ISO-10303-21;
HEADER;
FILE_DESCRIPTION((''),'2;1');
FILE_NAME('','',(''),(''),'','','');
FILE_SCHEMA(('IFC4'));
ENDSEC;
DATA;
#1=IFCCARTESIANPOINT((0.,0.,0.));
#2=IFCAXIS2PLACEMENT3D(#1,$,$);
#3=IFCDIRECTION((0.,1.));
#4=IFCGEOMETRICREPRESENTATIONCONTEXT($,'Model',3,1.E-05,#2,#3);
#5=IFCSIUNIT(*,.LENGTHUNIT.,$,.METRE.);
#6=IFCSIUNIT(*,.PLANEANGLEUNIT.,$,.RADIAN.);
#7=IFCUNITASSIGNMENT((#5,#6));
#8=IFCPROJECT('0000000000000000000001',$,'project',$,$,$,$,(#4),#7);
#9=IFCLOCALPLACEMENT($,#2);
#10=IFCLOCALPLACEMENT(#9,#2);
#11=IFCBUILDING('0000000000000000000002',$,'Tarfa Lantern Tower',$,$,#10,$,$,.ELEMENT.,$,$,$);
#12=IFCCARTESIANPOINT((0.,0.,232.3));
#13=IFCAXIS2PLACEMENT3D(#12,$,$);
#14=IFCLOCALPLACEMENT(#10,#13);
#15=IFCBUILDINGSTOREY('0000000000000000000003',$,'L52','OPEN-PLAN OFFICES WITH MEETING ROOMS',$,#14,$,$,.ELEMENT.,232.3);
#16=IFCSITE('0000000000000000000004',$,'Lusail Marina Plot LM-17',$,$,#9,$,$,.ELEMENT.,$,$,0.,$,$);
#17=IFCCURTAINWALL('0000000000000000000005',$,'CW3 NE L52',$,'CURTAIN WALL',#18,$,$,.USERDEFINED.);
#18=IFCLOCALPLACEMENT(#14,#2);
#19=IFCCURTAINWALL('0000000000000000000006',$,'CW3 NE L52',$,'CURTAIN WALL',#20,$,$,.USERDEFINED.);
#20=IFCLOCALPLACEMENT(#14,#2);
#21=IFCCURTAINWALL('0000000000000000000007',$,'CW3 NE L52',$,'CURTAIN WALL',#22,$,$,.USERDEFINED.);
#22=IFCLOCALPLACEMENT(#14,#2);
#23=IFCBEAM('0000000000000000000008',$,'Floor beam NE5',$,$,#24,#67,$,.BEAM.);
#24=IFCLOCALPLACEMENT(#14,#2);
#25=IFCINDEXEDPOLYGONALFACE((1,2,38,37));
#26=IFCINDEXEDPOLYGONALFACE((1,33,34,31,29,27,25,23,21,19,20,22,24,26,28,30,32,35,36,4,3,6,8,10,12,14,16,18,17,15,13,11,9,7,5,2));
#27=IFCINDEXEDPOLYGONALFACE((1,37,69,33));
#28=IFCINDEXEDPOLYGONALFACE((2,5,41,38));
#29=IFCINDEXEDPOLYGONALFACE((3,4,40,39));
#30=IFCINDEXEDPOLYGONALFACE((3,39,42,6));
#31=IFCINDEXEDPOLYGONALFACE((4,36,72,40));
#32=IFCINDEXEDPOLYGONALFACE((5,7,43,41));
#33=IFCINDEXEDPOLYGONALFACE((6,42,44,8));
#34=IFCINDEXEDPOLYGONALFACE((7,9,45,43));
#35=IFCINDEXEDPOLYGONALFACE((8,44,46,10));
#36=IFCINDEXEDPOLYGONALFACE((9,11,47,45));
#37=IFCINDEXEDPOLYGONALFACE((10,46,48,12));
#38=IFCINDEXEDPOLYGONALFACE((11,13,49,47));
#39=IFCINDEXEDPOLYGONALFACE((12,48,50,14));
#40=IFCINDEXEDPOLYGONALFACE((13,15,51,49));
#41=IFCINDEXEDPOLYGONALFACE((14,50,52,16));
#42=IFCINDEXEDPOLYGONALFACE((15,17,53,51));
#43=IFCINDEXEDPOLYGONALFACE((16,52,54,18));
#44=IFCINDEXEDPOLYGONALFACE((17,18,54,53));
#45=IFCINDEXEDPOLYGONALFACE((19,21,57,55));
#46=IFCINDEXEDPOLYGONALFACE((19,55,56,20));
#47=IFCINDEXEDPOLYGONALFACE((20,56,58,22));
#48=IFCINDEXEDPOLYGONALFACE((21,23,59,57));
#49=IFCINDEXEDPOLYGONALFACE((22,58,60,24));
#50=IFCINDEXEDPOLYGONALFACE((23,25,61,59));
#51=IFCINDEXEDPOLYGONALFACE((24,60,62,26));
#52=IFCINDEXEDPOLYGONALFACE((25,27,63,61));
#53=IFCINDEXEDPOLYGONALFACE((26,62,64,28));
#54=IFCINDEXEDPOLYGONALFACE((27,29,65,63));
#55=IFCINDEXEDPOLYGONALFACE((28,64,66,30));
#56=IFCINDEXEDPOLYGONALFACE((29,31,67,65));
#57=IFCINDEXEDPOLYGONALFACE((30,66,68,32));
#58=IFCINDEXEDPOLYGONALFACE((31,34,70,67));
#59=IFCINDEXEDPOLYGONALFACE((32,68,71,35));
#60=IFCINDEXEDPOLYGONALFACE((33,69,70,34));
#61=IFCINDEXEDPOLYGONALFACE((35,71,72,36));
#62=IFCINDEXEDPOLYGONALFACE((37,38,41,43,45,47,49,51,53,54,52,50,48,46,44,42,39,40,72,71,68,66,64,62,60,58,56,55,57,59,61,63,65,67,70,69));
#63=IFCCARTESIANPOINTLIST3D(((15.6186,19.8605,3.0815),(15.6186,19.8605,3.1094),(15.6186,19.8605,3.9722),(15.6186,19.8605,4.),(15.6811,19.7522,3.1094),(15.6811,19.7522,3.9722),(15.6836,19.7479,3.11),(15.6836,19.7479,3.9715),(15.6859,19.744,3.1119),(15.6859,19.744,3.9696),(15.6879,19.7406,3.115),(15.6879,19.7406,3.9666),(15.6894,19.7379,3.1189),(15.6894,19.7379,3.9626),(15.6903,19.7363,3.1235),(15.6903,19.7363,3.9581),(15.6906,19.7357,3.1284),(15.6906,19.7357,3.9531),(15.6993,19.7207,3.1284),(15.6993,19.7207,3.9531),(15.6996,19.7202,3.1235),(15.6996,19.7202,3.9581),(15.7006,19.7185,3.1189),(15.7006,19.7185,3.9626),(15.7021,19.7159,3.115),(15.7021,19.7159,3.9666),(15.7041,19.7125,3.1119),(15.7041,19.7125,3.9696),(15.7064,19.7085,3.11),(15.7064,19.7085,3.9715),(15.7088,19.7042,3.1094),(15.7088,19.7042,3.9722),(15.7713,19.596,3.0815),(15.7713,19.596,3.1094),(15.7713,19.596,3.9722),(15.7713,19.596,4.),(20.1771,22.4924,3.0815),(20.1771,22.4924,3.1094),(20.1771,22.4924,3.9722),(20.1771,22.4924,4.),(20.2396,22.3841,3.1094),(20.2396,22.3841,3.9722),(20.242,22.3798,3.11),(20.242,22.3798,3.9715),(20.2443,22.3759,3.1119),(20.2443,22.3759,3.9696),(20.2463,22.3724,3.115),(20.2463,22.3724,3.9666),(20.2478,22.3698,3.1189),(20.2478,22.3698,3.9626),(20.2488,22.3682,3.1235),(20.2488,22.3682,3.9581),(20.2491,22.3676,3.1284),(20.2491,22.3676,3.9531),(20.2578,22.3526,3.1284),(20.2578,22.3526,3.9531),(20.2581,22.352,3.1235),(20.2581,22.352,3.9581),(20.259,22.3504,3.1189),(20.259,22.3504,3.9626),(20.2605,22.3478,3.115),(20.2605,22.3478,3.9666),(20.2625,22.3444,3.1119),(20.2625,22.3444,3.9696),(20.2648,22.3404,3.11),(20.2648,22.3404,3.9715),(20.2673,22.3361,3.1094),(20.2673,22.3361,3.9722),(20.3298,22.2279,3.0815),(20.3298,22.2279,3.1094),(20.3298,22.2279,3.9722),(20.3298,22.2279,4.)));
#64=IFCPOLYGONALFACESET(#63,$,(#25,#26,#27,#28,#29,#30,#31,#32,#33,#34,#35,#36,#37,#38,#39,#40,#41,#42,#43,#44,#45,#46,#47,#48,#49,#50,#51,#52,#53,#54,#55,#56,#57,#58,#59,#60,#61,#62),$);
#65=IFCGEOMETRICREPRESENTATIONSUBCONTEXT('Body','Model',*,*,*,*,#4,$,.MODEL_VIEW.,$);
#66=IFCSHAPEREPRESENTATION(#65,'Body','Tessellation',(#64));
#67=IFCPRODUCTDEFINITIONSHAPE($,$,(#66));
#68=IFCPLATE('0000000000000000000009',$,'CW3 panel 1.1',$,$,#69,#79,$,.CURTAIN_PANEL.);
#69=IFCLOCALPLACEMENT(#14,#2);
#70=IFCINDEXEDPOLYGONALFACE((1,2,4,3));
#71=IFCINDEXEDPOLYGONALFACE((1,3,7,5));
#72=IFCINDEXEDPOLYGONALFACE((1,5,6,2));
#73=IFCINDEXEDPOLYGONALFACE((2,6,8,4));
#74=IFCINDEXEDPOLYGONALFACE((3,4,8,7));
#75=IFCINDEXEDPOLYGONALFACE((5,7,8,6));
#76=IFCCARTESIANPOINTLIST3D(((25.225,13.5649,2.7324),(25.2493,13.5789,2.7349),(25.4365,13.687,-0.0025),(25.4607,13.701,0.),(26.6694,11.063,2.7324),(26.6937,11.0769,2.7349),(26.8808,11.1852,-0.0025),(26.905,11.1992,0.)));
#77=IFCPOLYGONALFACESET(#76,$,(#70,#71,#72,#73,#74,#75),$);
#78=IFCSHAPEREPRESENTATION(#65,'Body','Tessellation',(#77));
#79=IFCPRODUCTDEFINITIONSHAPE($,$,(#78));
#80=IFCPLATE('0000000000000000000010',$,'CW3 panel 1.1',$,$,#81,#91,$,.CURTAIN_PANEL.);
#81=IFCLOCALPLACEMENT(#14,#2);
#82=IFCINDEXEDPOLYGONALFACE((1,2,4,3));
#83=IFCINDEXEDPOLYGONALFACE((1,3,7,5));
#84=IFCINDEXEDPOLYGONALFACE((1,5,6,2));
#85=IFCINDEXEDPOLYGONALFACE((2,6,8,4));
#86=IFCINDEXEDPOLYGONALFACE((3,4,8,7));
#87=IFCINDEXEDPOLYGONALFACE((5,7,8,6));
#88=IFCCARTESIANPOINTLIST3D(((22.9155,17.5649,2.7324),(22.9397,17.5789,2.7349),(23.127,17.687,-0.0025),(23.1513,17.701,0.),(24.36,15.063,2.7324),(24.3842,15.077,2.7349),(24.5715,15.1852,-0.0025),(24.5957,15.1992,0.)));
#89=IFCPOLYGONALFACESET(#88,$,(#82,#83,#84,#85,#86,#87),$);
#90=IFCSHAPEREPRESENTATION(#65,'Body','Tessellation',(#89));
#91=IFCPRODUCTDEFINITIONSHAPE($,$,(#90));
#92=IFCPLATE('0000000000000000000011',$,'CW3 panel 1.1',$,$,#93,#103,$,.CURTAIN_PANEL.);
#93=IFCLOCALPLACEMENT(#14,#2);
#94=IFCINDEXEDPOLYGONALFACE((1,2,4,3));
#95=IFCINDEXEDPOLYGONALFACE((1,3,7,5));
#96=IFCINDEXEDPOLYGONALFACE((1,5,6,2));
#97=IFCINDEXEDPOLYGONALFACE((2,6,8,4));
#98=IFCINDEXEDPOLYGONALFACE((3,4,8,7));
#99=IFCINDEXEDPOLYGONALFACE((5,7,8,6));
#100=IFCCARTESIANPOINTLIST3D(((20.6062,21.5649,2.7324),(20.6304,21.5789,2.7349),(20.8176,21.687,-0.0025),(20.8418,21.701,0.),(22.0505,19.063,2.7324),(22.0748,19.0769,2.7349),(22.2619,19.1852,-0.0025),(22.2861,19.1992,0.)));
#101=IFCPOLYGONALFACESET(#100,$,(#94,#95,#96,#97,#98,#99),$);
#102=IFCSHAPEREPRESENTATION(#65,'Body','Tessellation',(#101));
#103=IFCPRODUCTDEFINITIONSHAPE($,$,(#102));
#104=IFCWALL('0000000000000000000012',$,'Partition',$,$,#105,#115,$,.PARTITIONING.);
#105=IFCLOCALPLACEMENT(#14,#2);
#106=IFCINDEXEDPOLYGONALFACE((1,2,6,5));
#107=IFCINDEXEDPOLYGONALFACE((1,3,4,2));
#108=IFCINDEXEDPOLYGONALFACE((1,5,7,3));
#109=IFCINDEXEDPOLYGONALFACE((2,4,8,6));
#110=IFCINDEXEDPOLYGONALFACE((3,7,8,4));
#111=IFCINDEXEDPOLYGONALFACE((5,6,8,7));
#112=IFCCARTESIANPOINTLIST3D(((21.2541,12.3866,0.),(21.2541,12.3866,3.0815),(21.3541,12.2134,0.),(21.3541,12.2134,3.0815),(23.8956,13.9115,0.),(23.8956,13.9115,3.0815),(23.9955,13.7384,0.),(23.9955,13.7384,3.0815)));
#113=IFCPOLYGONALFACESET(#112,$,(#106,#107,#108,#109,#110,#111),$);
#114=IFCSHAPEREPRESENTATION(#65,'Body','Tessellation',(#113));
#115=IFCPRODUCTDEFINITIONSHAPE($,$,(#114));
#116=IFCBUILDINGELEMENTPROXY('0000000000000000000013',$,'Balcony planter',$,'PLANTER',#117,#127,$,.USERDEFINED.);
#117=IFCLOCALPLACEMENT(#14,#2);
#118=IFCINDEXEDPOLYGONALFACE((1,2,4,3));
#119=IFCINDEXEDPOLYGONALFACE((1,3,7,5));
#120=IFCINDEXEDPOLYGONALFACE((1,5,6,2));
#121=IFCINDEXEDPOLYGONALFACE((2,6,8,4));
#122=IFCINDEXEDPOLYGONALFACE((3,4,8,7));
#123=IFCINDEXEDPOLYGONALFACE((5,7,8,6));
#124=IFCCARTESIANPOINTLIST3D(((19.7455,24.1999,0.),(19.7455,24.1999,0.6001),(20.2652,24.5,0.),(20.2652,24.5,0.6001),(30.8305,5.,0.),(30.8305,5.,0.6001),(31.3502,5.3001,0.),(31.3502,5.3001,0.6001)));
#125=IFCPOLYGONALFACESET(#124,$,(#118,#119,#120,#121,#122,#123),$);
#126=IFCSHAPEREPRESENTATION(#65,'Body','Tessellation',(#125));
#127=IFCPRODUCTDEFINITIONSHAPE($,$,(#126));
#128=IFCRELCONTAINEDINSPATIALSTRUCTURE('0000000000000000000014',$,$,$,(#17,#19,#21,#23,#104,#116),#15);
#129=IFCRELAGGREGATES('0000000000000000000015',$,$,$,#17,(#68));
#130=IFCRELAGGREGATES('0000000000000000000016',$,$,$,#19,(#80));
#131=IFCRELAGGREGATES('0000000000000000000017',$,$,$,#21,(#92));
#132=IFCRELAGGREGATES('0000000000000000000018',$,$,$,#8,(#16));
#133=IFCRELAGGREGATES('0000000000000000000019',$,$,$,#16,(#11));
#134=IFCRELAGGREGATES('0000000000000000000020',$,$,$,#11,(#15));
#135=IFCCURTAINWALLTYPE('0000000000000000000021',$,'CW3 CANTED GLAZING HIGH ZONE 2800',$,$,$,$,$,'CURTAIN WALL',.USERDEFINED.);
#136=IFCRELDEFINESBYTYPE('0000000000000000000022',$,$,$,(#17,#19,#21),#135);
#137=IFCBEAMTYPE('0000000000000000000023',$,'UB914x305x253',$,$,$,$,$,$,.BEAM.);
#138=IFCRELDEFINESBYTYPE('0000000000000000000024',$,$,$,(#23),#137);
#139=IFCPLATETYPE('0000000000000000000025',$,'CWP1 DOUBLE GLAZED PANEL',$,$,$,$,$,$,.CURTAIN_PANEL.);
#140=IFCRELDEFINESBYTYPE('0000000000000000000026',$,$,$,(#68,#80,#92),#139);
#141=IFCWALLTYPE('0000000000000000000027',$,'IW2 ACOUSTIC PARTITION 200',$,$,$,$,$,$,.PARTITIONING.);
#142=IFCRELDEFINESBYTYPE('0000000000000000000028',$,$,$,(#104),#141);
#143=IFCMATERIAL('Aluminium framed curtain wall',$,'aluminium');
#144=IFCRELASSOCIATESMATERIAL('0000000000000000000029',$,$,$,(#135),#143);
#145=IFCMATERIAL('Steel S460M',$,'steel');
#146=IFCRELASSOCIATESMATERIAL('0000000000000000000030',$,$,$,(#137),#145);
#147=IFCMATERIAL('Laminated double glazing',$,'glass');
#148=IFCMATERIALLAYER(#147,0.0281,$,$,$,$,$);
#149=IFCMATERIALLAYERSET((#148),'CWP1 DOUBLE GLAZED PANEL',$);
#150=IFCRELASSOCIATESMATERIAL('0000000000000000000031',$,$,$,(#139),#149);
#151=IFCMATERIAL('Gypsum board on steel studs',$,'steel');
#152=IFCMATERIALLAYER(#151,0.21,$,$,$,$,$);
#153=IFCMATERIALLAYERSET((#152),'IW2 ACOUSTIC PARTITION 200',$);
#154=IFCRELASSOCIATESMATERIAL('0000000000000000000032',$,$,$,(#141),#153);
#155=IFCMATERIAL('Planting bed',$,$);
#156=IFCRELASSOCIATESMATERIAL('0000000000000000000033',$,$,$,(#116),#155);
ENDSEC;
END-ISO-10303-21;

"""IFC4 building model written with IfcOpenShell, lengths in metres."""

from ifc_helpers import new_model, si_unit, direction, frame, frame_2d, origin, origin_2d, place, context, subcontext, project, spatial, polyline, rectangle, i_section, outline, extrude, material, layer, layer_set, material_profile, profile_set, type_object, element, aggregate, save


model = new_model("IFC4")

# Units and contexts
model_context = context("Model", 3, precision=1e-05, world=origin(), true_north=direction((0.0, 1.0)))
body_context = subcontext(model_context, "Body", "Model", "MODEL_VIEW")
ifc_project = project(units=[si_unit("LENGTHUNIT", "METRE"), si_unit("PLANEANGLEUNIT", "RADIAN")], contexts=[model_context])

# Site, building, storey
site_placement = place(None, origin())
site = spatial("IfcSite", under=ifc_project, at=site_placement, Name="Lusail Marina Plot LM-17", CompositionType="ELEMENT", RefElevation=0.0)
building_placement = place(site_placement, origin())
building = spatial("IfcBuilding", under=site, at=building_placement, Name="Tarfa Lantern Tower", CompositionType="ELEMENT")
storey_placement = place(building_placement, frame((0.0, 0.0, 232.3)))
storey = spatial("IfcBuildingStorey", under=building, at=storey_placement, Name="L52", Description="OPEN-PLAN OFFICES WITH MEETING ROOMS", CompositionType="ELEMENT", Elevation=232.3)

# Curtain walls
ifc_material_1 = material(Name="Aluminium framed curtain wall", Category="aluminium")
curtain_wall_type = type_object("IfcCurtainWallType", Name="CW3 CANTED GLAZING HIGH ZONE 2800", ElementType="CURTAIN WALL", PredefinedType="USERDEFINED", material=ifc_material_1)
curtain_wall_1_placement = place(storey_placement, origin())
curtain_wall_1 = element("IfcCurtainWall", 1, at=curtain_wall_1_placement, inside=storey, type_object=curtain_wall_type, Name="CW3 NE L52", ObjectType="CURTAIN WALL", PredefinedType="USERDEFINED")
curtain_wall_2_placement = place(storey_placement, origin())
curtain_wall_2 = element("IfcCurtainWall", 2, at=curtain_wall_2_placement, inside=storey, type_object=curtain_wall_type, Name="CW3 NE L52", ObjectType="CURTAIN WALL", PredefinedType="USERDEFINED")
curtain_wall_3_placement = place(storey_placement, origin())
curtain_wall_3 = element("IfcCurtainWall", 3, at=curtain_wall_3_placement, inside=storey, type_object=curtain_wall_type, Name="CW3 NE L52", ObjectType="CURTAIN WALL", PredefinedType="USERDEFINED")

# Beam
ifc_material_2 = material(Name="Steel S460M", Category="steel")
ifc_material_profile_1 = material_profile(ifc_material_2, i_section(OverallWidth=0.3054, OverallDepth=0.9185, WebThickness=0.0173, FlangeThickness=0.0278, FilletRadius=0.019, at=origin_2d()), Name="UB914x305x253")
ifc_profile_set_1 = profile_set([ifc_material_profile_1], Name="Steel S460M")
beam_type_1 = type_object("IfcBeamType", Name="UB914x305x253", PredefinedType="BEAM", material=ifc_profile_set_1)
beam_1_placement = place(storey_placement, frame((20.2534, 22.3601, 3.5408), z_axis=(-0.86602, -0.50001, 0.0), x_axis=(0.50001, -0.86602, 0.0)))
element("IfcBeam", 4, at=beam_1_placement, inside=storey, type_object=beam_type_1, Name="Floor beam NE5", PredefinedType="BEAM", context=body_context, shape_type="SweptSolid", body=[
    extrude(i_section(OverallWidth=0.3054, OverallDepth=0.9185, WebThickness=0.0173, FlangeThickness=0.0278, FilletRadius=0.019, at=origin_2d()), origin(), (0.0, 0.0, 1.0), 5.2637),
])

# Plates
ifc_material_3 = material(Name="Laminated double glazing", Category="glass")
ifc_layer_1 = layer(ifc_material_3, 0.0281)
ifc_layer_set_1 = layer_set([ifc_layer_1], Name="CWP1 DOUBLE GLAZED PANEL")
plate_type = type_object("IfcPlateType", Name="CWP1 DOUBLE GLAZED PANEL", PredefinedType="CURTAIN_PANEL", material=ifc_layer_set_1)
plate_1_placement = place(storey_placement, frame((26.905, 11.1992, 0.0), z_axis=(0.862608, 0.497994, 0.088936), x_axis=(-0.499975, 0.86604, 0.000002)))
plate_1 = element("IfcPlate", 5, at=plate_1_placement, type_object=plate_type, Name="CW3 panel 1.1", PredefinedType="CURTAIN_PANEL", context=body_context, shape_type="SweptSolid", body=[
    extrude(outline(polyline([(0.0, 0.0), (2.8887, 0.0), (2.8887, 2.7457), (-0.0002, 2.7457), (0.0, 0.0)])), origin(), (0.0, 0.0, -1.0), 0.0281),
])
aggregate(curtain_wall_1, [plate_1])
plate_2_placement = place(storey_placement, frame((24.5957, 15.1992, 0.0), z_axis=(0.862587, 0.498023, 0.088974), x_axis=(-0.500007, 0.866021, 0.000005)))
plate_2 = element("IfcPlate", 6, at=plate_2_placement, type_object=plate_type, Name="CW3 panel 1.1", PredefinedType="CURTAIN_PANEL", context=body_context, shape_type="SweptSolid", body=[
    extrude(outline(polyline([(0.0, 0.0), (2.8888, 0.0), (2.8888, 2.7457), (-0.0001, 2.7458), (0.0, 0.0)])), origin(), (0.0, 0.0, -1.0), 0.0281),
])
aggregate(curtain_wall_2, [plate_2])
plate_3_placement = place(storey_placement, frame((22.2861, 19.1992, 0.0), z_axis=(0.862608, 0.497994, 0.088936), x_axis=(-0.499975, 0.86604, 0.000002)))
plate_3 = element("IfcPlate", 7, at=plate_3_placement, type_object=plate_type, Name="CW3 panel 1.1", PredefinedType="CURTAIN_PANEL", context=body_context, shape_type="SweptSolid", body=[
    extrude(outline(polyline([(0.0, 0.0), (2.8887, 0.0), (2.8887, 2.7457), (-0.0002, 2.7457), (0.0, 0.0)])), origin(), (0.0, 0.0, -1.0), 0.0281),
])
aggregate(curtain_wall_3, [plate_3])

# Wall
ifc_material_4 = material(Name="Gypsum board on steel studs", Category="steel")
ifc_layer_2 = layer(ifc_material_4, 0.21)
ifc_layer_set_2 = layer_set([ifc_layer_2], Name="IW2 ACOUSTIC PARTITION 200")
wall_type = type_object("IfcWallType", Name="IW2 ACOUSTIC PARTITION 200", PredefinedType="PARTITIONING", material=ifc_layer_set_2)
wall_placement = place(storey_placement, frame((21.3042, 12.3, 0.0), z_axis=(0.0, 0.0, 1.0), x_axis=(0.866038, 0.499979, 0.0)))
element("IfcWall", 8, at=wall_placement, inside=storey, type_object=wall_type, Name="Partition", PredefinedType="PARTITIONING", context=body_context, shape_type="SweptSolid", body=[
    extrude(rectangle(XDim=3.05, YDim=0.2, at=frame_2d((1.5249, 0.0))), origin(), (0.0, 0.0, 1.0), 3.0815),
])

# Building element proxy
ifc_material_5 = material(Name="Planting bed")
proxy_placement = place(storey_placement, frame((25.5479, 14.75, 0.0), z_axis=(0.0, 0.0, 1.0), x_axis=(-0.5, 0.866025, 0.0)))
element("IfcBuildingElementProxy", 9, at=proxy_placement, inside=storey, material=ifc_material_5, Name="Balcony planter", ObjectType="PLANTER", PredefinedType="USERDEFINED", context=body_context, shape_type="SweptSolid", body=[
    extrude(rectangle(XDim=22.1702, YDim=0.6001, at=origin_2d()), origin(), (0.0, 0.0, 1.0), 0.6001),
])

save(model, "model.ifc")
